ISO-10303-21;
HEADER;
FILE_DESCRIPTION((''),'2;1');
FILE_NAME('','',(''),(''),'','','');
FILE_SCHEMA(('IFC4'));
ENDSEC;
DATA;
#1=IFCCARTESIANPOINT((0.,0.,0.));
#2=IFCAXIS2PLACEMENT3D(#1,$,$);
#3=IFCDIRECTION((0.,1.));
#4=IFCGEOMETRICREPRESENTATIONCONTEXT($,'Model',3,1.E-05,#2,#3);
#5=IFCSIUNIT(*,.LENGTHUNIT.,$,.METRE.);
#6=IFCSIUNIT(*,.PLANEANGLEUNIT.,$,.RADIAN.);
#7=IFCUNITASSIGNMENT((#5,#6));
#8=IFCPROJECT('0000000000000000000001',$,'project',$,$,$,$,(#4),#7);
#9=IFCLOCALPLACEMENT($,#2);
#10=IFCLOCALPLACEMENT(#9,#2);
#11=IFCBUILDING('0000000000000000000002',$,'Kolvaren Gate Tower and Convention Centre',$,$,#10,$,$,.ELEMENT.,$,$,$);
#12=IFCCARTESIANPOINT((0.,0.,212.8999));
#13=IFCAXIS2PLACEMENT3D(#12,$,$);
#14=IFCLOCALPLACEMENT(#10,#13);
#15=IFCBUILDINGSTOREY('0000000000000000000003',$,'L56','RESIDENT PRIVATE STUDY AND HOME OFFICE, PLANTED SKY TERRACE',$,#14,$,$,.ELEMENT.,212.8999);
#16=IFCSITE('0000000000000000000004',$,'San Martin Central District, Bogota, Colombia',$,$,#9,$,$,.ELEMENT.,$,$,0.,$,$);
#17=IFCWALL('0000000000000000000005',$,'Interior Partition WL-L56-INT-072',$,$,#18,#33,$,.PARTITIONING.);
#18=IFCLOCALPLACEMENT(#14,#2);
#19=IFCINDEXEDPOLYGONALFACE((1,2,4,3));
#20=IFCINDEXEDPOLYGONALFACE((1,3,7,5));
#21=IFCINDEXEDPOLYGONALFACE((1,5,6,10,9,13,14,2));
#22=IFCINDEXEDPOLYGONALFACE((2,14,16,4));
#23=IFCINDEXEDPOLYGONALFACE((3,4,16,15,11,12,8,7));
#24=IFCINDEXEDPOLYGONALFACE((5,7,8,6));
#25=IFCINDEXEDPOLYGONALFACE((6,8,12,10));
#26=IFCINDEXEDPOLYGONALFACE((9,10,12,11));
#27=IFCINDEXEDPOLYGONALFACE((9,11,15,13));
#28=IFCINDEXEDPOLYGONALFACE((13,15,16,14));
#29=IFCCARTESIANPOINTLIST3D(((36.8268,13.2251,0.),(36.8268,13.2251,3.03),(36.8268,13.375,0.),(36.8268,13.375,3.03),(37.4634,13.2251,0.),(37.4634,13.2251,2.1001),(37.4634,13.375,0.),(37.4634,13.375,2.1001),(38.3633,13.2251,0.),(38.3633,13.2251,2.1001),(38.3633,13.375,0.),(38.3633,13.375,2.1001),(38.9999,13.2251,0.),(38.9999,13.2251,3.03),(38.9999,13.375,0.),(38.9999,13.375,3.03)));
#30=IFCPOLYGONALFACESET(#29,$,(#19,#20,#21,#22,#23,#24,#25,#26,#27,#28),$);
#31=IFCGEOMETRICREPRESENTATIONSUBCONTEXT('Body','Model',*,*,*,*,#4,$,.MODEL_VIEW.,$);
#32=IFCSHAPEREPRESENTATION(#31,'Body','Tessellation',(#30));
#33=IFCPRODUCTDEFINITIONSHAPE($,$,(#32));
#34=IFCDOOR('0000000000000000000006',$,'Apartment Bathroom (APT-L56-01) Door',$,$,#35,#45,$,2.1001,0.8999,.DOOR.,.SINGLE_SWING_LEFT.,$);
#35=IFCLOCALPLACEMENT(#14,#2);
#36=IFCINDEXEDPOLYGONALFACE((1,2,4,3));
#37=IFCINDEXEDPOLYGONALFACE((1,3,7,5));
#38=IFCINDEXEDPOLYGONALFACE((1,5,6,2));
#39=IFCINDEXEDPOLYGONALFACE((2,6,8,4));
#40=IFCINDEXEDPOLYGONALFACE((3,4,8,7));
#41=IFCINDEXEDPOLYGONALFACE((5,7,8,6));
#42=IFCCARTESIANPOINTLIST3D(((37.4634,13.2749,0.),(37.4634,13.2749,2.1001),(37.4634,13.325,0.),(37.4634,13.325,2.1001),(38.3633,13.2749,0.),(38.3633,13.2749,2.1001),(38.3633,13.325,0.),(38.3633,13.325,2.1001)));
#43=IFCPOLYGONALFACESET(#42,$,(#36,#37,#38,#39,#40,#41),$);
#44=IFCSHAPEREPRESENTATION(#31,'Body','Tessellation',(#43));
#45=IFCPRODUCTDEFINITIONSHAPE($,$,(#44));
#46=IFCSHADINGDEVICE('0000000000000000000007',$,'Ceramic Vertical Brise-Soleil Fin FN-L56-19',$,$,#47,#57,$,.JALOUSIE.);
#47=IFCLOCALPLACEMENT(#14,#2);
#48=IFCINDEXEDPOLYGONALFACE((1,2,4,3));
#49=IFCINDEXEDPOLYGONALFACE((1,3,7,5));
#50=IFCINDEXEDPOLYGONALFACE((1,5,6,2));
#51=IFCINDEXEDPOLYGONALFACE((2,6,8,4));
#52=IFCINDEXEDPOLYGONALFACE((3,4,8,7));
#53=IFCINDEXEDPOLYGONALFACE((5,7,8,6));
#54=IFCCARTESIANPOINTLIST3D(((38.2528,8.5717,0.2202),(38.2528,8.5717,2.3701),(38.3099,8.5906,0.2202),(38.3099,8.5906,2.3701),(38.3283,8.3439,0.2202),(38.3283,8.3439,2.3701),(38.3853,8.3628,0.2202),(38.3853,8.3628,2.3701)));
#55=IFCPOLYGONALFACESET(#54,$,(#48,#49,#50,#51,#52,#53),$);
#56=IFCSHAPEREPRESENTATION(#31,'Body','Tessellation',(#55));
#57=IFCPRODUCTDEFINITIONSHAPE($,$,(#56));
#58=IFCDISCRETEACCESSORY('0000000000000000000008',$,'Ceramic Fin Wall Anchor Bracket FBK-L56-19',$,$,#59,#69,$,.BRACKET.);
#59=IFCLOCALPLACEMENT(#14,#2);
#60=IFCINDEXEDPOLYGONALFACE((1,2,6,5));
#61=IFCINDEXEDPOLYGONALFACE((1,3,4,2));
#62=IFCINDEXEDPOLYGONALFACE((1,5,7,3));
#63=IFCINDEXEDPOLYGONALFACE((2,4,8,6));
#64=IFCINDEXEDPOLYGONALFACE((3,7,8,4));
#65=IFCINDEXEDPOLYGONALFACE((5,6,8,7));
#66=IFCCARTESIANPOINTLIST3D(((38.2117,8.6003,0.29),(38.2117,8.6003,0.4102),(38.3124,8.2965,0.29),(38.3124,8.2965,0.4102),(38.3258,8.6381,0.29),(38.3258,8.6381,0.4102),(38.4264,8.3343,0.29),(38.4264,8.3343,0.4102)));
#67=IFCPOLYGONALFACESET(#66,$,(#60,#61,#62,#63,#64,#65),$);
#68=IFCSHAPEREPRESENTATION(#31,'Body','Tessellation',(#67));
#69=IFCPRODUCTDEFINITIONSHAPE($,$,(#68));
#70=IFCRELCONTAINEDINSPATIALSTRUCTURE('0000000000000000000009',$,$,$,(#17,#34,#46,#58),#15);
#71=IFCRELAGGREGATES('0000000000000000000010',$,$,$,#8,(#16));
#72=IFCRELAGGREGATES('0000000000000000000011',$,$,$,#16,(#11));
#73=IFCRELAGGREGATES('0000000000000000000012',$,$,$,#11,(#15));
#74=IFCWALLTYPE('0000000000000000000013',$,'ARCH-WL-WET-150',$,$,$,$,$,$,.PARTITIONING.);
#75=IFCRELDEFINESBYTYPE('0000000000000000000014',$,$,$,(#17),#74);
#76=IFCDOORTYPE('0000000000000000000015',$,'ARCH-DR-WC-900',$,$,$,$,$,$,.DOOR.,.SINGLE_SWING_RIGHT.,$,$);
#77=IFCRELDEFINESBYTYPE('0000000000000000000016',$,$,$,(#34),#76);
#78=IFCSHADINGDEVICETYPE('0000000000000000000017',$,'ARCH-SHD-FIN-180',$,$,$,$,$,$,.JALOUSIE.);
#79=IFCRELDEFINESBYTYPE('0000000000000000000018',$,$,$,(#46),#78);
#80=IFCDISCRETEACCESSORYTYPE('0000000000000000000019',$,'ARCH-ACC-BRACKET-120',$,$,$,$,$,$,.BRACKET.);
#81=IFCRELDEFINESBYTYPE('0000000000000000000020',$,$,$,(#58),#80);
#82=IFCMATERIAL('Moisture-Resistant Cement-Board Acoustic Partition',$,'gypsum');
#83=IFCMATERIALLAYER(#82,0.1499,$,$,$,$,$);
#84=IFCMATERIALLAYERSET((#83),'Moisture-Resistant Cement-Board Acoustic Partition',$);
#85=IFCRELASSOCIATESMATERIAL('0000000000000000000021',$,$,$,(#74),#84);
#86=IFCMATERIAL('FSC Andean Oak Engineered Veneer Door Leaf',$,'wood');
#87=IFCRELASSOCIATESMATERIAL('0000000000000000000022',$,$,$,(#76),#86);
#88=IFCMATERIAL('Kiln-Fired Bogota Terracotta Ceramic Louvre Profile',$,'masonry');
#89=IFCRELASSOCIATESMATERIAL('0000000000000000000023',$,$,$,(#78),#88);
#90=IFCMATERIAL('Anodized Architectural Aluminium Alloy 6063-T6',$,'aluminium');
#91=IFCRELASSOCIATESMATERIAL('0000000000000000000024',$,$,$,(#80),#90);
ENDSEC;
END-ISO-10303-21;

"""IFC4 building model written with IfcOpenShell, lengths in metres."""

from ifc_helpers import new_model, si_unit, direction, frame, frame_2d, origin, origin_2d, place, context, subcontext, project, spatial, rectangle, extrude, material, layer, layer_set, type_object, element, fill, save


model = new_model("IFC4")

# Units and contexts
model_context = context("Model", 3, precision=1e-05, world=origin(), true_north=direction((0.0, 1.0)))
body_context = subcontext(model_context, "Body", "Model", "MODEL_VIEW")
ifc_project = project(units=[si_unit("LENGTHUNIT", "METRE"), si_unit("PLANEANGLEUNIT", "RADIAN")], contexts=[model_context])

# Site, building, storey
site_placement = place(None, origin())
site = spatial("IfcSite", under=ifc_project, at=site_placement, Name="San Martin Central District, Bogota, Colombia", CompositionType="ELEMENT", RefElevation=0.0)
building_placement = place(site_placement, origin())
building = spatial("IfcBuilding", under=site, at=building_placement, Name="Kolvaren Gate Tower and Convention Centre", CompositionType="ELEMENT")
storey_placement = place(building_placement, frame((0.0, 0.0, 212.8999)))
storey = spatial("IfcBuildingStorey", under=building, at=storey_placement, Name="L56", Description="RESIDENT PRIVATE STUDY AND HOME OFFICE, PLANTED SKY TERRACE", CompositionType="ELEMENT", Elevation=212.8999)

# Shared definitions
ifc_material_1 = material(Name="Anodized Architectural Aluminium Alloy 6063-T6", Category="aluminium")

# Wall, opening, door
ifc_material_2 = material(Name="Moisture-Resistant Cement-Board Acoustic Partition", Category="gypsum")
ifc_layer_1 = layer(ifc_material_2, 0.1499)
ifc_layer_set_1 = layer_set([ifc_layer_1], Name="Moisture-Resistant Cement-Board Acoustic Partition")
wall_type_1 = type_object("IfcWallType", Name="ARCH-WL-WET-150", PredefinedType="PARTITIONING", material=ifc_layer_set_1)
wall_1_placement = place(storey_placement, frame((36.8269, 13.3, 0.0), z_axis=(0.0, 0.0, 1.0), x_axis=(1.0, 0.0, 0.0)))
wall_1 = element("IfcWall", 1, at=wall_1_placement, inside=storey, type_object=wall_type_1, Name="Interior Partition WL-L56-INT-072", PredefinedType="PARTITIONING", context=body_context, shape_type="SweptSolid", body=[
    extrude(rectangle(XDim=2.1731, YDim=0.1499, at=frame_2d((1.0864, 0.0))), origin(), (0.0, 0.0, 1.0), 3.03),
])
opening_1_placement = place(wall_1_placement, frame((0.6365, 0.0, 0.0)))
opening_1 = element("IfcOpeningElement", 2, at=opening_1_placement, cuts=wall_1, PredefinedType="OPENING", context=body_context, shape_type="SweptSolid", body=[
    extrude(rectangle(XDim=0.8999, YDim=2.1001, at=frame_2d((0.45, 1.05))), frame((0.0, 0.085, 0.0), z_axis=(0.0, -1.0, 0.0), x_axis=(1.0, 0.0, 0.0)), (0.0, 0.0, 1.0), 0.1699),
])
ifc_material_3 = material(Name="FSC Andean Oak Engineered Veneer Door Leaf", Category="wood")
door_type_1 = type_object("IfcDoorType", Name="ARCH-DR-WC-900", OperationType="SINGLE_SWING_RIGHT", PredefinedType="DOOR", material=ifc_material_3)
door_1_placement = place(opening_1_placement, origin())
door_1 = element("IfcDoor", 3, at=door_1_placement, inside=storey, type_object=door_type_1, Name="Apartment Bathroom (APT-L56-01) Door", OperationType="SINGLE_SWING_LEFT", OverallHeight=2.1001, OverallWidth=0.8999, PredefinedType="DOOR", context=body_context, shape_type="SweptSolid", body=[
    extrude(rectangle(XDim=0.8999, YDim=2.1001, at=frame_2d((0.45, 1.05))), frame((0.0, 0.0249, 0.0), z_axis=(0.0, -1.0, 0.0), x_axis=(1.0, 0.0, 0.0)), (0.0, 0.0, 1.0), 0.05),
])
fill(opening_1, door_1)

# Shading device
ifc_material_4 = material(Name="Kiln-Fired Bogota Terracotta Ceramic Louvre Profile", Category="masonry")
shading_device_type = type_object("IfcShadingDeviceType", Name="ARCH-SHD-FIN-180", PredefinedType="JALOUSIE", material=ifc_material_4)
shading_device_placement = place(storey_placement, frame((38.3191, 8.4673, 0.2202), z_axis=(0.0, 0.0, 1.0), x_axis=(0.949242, 0.314548, 0.0)))
element("IfcShadingDevice", 4, at=shading_device_placement, inside=storey, type_object=shading_device_type, Name="Ceramic Vertical Brise-Soleil Fin FN-L56-19", PredefinedType="JALOUSIE", context=body_context, shape_type="SweptSolid", body=[
    extrude(rectangle(XDim=0.0601, YDim=0.24, at=origin_2d()), origin(), (0.0, 0.0, 1.0), 2.1499),
])

# Discrete accessory
discrete_accessory_type = type_object("IfcDiscreteAccessoryType", Name="ARCH-ACC-BRACKET-120", PredefinedType="BRACKET", material=ifc_material_1)
discrete_accessory_placement = place(storey_placement, frame((38.3191, 8.4673, 0.29), z_axis=(0.0, 0.0, 1.0), x_axis=(0.949242, 0.314548, 0.0)))
element("IfcDiscreteAccessory", 5, at=discrete_accessory_placement, inside=storey, type_object=discrete_accessory_type, Name="Ceramic Fin Wall Anchor Bracket FBK-L56-19", PredefinedType="BRACKET", context=body_context, shape_type="SweptSolid", body=[
    extrude(rectangle(XDim=0.1201, YDim=0.3201, at=origin_2d()), origin(), (0.0, 0.0, 1.0), 0.1201),
])

save(model, "model.ifc")
